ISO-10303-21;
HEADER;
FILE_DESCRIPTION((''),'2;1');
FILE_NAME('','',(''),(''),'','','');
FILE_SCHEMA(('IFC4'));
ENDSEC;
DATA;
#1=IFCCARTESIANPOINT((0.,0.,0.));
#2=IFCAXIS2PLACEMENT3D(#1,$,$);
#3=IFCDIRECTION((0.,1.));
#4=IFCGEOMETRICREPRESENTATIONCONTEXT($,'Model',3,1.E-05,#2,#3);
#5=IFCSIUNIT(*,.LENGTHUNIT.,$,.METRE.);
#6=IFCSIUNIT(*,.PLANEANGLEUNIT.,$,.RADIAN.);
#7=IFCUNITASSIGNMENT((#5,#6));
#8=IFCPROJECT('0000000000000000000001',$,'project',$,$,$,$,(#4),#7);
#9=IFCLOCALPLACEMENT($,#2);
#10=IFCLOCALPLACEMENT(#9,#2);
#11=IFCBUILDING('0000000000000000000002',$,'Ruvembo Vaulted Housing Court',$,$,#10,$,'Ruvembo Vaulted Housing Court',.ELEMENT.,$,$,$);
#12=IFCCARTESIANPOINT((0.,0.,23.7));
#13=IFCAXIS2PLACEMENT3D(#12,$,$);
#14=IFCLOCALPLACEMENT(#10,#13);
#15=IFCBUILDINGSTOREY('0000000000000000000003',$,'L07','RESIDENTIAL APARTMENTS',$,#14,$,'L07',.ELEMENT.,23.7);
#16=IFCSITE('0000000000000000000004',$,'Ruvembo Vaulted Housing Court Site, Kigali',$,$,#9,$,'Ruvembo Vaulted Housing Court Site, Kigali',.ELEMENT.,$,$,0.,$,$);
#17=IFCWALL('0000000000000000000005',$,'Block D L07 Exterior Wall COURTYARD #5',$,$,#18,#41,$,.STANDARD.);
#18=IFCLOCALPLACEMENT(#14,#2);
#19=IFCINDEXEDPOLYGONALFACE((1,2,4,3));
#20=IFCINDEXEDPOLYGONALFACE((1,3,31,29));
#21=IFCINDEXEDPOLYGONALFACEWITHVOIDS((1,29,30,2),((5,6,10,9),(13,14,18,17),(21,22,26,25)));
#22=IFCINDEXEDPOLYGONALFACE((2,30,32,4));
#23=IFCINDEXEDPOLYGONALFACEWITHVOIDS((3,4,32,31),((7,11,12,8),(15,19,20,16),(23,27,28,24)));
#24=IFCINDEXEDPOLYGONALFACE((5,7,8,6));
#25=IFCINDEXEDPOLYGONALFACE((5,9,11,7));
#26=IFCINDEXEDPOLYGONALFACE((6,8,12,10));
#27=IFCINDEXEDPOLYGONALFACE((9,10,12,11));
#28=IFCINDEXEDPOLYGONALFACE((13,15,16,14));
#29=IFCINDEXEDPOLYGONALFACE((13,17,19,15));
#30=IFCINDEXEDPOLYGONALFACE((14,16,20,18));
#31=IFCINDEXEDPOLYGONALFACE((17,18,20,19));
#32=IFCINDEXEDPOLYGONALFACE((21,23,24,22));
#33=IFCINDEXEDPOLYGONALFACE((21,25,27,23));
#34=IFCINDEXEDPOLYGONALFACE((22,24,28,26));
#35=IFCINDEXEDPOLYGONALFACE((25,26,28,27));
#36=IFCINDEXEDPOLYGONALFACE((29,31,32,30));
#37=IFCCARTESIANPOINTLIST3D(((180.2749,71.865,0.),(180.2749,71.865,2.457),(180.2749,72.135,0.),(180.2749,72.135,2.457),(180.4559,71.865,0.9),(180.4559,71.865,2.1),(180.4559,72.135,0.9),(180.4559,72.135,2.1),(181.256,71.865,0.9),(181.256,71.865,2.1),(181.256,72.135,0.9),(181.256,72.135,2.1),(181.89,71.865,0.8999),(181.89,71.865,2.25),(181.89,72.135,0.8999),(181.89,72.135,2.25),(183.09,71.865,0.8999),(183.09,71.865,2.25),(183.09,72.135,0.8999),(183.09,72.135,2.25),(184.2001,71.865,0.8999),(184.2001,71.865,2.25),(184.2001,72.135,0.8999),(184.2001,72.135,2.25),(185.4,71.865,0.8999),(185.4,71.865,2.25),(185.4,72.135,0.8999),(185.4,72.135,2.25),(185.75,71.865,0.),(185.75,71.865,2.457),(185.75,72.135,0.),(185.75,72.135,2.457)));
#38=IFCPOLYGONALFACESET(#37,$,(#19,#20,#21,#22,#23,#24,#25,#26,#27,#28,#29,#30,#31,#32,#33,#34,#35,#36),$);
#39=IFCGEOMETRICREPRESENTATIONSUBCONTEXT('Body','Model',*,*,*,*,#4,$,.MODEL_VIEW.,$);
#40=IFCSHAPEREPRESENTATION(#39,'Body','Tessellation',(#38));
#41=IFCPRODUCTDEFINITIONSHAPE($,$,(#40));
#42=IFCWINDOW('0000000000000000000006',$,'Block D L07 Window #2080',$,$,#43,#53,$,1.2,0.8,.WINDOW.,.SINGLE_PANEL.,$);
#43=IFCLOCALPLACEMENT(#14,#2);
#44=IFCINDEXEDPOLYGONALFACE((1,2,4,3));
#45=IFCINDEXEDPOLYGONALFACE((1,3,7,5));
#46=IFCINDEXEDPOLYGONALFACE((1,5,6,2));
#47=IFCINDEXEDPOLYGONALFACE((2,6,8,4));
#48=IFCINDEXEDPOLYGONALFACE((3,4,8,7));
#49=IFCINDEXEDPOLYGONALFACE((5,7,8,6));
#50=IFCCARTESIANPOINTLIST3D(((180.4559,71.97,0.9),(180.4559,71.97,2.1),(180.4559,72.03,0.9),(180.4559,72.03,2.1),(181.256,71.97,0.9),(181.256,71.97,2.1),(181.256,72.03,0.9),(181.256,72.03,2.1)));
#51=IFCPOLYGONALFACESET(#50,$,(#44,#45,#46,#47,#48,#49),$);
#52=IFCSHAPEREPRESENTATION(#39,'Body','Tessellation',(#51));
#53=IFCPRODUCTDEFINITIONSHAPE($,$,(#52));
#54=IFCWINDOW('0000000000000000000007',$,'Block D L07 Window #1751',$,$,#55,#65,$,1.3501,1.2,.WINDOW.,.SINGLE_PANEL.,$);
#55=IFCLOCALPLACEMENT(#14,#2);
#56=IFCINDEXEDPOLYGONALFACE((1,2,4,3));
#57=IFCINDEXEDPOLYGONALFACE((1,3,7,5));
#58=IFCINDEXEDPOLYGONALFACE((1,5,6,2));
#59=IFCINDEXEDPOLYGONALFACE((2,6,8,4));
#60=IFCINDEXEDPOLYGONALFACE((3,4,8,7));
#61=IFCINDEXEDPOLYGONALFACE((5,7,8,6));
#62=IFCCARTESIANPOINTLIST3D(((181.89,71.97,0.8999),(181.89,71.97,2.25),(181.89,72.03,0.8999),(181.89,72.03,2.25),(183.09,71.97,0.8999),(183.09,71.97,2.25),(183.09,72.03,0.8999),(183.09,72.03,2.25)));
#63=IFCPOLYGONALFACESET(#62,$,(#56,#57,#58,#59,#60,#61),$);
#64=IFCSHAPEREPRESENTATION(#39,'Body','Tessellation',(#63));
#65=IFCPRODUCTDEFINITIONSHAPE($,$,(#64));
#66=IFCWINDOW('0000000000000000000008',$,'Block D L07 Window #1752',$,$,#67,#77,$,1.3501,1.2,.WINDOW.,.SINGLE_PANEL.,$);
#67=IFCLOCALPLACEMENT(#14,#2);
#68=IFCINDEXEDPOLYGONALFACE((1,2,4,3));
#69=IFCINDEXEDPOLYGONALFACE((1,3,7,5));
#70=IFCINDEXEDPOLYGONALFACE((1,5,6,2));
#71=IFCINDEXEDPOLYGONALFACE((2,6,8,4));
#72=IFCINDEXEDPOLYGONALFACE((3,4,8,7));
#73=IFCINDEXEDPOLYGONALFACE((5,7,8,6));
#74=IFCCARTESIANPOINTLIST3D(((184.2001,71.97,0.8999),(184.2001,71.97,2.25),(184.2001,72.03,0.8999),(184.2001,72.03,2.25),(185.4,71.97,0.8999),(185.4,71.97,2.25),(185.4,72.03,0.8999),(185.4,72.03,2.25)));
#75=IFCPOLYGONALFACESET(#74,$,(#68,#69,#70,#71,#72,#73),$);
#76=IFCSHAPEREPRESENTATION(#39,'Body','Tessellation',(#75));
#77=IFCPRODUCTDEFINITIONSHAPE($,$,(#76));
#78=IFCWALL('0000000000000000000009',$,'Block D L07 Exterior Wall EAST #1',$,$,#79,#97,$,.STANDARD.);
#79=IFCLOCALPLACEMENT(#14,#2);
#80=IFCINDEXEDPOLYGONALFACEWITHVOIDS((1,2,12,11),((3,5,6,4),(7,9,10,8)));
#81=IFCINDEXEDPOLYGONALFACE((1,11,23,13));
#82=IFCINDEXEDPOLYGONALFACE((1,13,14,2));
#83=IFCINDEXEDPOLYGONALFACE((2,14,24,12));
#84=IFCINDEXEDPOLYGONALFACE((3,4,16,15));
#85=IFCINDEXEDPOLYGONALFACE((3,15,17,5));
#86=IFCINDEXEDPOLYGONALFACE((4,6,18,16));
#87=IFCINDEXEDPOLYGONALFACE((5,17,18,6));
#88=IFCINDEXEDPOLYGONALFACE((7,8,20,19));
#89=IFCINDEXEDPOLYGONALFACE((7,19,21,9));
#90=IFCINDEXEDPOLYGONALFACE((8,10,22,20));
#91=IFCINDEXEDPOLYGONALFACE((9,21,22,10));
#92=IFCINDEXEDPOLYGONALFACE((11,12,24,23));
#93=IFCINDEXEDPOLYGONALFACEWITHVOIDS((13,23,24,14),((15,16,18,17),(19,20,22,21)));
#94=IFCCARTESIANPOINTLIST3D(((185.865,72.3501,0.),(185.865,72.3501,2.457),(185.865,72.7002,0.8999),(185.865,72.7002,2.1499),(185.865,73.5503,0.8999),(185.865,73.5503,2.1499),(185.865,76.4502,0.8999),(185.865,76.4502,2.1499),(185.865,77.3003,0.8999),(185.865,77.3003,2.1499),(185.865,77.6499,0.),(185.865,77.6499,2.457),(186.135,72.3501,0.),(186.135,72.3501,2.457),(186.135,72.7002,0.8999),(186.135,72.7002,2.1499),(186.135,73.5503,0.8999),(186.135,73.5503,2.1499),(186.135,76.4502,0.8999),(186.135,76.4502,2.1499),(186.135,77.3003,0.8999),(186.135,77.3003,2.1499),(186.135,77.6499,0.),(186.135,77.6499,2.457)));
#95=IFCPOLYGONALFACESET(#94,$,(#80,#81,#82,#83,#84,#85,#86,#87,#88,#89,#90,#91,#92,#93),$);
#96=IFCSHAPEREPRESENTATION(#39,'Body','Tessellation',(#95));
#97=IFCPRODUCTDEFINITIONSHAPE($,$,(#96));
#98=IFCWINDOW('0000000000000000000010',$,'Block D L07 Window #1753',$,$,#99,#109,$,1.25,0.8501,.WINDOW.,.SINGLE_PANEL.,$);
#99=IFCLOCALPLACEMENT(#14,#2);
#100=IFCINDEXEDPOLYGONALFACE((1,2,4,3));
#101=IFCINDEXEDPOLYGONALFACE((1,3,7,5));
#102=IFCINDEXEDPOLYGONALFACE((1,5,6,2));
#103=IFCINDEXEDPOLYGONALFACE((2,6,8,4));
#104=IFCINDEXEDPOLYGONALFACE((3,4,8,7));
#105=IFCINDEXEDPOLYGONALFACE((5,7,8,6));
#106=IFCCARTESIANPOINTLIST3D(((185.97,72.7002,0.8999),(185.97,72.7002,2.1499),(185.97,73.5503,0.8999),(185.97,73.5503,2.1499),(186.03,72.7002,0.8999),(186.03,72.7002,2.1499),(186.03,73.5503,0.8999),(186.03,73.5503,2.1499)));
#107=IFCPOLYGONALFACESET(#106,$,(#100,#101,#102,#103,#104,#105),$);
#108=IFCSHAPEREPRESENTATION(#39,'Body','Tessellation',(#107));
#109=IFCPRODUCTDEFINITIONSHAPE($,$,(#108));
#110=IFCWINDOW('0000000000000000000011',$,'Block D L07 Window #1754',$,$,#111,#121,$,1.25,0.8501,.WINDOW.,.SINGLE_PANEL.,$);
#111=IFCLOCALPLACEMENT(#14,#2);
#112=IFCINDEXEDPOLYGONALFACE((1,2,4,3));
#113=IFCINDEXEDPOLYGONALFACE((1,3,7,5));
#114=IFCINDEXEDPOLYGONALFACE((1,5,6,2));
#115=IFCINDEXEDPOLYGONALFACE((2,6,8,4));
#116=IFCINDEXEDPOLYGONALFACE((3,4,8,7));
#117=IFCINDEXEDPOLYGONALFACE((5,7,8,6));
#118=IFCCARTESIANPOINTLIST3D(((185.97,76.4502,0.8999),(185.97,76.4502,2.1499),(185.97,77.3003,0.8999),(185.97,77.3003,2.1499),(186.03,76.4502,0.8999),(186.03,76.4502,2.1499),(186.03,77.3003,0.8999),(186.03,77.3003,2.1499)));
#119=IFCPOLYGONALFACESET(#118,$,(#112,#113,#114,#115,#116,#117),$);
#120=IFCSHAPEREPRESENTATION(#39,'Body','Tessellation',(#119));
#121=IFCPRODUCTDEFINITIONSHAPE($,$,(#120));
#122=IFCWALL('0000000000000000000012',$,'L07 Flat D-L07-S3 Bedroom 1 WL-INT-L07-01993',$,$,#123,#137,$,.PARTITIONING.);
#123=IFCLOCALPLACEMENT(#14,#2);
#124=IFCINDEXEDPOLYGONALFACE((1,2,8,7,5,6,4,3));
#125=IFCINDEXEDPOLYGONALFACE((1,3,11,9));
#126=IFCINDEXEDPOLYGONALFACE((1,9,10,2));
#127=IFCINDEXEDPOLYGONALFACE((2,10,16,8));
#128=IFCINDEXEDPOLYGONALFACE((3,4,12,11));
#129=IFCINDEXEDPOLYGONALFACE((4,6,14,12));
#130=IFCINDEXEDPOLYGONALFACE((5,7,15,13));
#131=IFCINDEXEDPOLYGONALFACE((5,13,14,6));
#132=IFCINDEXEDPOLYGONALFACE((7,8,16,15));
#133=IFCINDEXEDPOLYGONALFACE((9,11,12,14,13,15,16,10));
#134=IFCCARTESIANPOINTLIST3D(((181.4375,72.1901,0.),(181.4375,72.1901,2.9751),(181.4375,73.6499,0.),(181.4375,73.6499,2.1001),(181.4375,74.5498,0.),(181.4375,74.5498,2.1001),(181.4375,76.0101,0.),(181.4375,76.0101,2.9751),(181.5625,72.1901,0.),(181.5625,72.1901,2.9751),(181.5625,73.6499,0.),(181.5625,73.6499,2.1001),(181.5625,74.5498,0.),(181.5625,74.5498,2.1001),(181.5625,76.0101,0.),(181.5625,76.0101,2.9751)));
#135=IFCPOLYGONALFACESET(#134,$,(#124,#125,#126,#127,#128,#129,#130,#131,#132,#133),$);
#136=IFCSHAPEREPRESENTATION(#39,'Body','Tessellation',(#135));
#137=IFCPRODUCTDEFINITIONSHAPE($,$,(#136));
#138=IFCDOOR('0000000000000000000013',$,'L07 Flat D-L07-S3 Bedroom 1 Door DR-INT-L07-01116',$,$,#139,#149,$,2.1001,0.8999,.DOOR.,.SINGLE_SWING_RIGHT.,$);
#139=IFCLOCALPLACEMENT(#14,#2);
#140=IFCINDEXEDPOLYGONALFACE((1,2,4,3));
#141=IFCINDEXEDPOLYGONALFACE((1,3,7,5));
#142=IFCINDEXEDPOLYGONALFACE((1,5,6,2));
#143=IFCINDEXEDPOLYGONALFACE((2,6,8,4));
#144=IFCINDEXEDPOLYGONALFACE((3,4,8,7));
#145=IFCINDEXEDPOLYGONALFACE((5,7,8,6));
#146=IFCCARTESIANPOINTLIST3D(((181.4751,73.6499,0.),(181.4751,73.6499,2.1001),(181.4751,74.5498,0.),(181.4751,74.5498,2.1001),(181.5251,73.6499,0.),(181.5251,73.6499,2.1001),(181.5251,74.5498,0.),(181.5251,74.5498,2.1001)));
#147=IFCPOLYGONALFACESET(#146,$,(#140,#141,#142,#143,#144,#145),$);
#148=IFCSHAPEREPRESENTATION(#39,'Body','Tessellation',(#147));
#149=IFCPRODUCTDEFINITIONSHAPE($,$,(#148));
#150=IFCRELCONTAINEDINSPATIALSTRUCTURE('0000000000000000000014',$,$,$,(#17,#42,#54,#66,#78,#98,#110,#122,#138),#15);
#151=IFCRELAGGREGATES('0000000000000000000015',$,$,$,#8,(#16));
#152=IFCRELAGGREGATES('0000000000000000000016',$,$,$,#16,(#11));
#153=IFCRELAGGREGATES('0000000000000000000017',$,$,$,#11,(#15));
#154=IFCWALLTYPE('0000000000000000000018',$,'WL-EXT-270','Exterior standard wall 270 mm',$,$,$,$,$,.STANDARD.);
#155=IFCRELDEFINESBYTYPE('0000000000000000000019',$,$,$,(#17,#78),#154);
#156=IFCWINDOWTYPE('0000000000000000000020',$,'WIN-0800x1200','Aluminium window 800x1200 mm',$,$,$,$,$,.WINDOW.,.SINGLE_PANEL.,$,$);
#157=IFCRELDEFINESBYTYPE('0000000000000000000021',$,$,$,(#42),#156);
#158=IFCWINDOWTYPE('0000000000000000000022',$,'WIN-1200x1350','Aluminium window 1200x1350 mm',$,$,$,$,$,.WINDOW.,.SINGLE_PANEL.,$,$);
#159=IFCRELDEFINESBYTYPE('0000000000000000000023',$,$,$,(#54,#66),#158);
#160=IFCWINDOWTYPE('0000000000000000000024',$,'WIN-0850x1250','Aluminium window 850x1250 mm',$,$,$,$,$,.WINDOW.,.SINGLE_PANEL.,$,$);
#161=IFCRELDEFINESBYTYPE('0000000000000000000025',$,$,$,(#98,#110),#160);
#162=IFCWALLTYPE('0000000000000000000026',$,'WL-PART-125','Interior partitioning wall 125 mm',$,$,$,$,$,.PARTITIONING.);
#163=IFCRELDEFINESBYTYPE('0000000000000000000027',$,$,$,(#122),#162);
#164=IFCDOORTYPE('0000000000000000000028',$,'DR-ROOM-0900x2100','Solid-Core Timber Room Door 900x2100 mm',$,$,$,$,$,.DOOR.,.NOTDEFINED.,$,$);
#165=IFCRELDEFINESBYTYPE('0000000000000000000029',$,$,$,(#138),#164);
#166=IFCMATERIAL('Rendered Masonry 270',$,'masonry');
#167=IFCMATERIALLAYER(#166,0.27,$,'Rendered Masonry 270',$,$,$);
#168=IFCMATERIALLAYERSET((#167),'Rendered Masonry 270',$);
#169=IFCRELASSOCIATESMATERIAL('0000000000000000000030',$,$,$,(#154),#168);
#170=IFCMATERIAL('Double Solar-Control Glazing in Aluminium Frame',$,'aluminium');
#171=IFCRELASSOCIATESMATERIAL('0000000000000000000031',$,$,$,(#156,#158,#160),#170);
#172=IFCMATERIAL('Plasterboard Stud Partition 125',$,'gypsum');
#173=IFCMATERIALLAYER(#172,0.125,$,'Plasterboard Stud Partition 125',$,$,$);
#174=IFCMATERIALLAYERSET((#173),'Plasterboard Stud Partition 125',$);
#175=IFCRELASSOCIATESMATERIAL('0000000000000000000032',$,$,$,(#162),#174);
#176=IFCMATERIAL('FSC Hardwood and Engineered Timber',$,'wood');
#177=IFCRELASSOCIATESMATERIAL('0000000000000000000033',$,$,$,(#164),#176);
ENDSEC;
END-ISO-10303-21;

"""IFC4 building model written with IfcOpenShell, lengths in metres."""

from ifc_helpers import new_model, si_unit, direction, frame, frame_2d, origin, place, context, subcontext, project, spatial, rectangle, extrude, material, layer, layer_set, type_object, element, fill, save


model = new_model("IFC4")

# Units and contexts
model_context = context("Model", 3, precision=1e-05, world=origin(), true_north=direction((0.0, 1.0)))
body_context = subcontext(model_context, "Body", "Model", "MODEL_VIEW")
ifc_project = project(units=[si_unit("LENGTHUNIT", "METRE"), si_unit("PLANEANGLEUNIT", "RADIAN")], contexts=[model_context])

# Site, building, storey
site_placement = place(None, origin())
site = spatial("IfcSite", under=ifc_project, at=site_placement, Name="Ruvembo Vaulted Housing Court Site, Kigali", LongName="Ruvembo Vaulted Housing Court Site, Kigali", CompositionType="ELEMENT", RefElevation=0.0)
building_placement = place(site_placement, origin())
building = spatial("IfcBuilding", under=site, at=building_placement, Name="Ruvembo Vaulted Housing Court", LongName="Ruvembo Vaulted Housing Court", CompositionType="ELEMENT")
storey_placement = place(building_placement, frame((0.0, 0.0, 23.7)))
storey = spatial("IfcBuildingStorey", under=building, at=storey_placement, Name="L07", Description="RESIDENTIAL APARTMENTS", LongName="L07", CompositionType="ELEMENT", Elevation=23.7)

# Walls, openings, windows
ifc_material_1 = material(Name="Rendered Masonry 270", Category="masonry")
ifc_layer_1 = layer(ifc_material_1, 0.27, Name="Rendered Masonry 270")
ifc_layer_set_1 = layer_set([ifc_layer_1], Name="Rendered Masonry 270")
wall_type_1 = type_object("IfcWallType", Name="WL-EXT-270", Description="Exterior standard wall 270 mm", PredefinedType="STANDARD", material=ifc_layer_set_1)
wall_1_placement = place(storey_placement, frame((180.2749, 72.0, 0.0), z_axis=(0.0, 0.0, 1.0), x_axis=(1.0, 0.0, 0.0)))
wall_1 = element("IfcWall", 1, at=wall_1_placement, inside=storey, type_object=wall_type_1, Name="Block D L07 Exterior Wall COURTYARD #5", PredefinedType="STANDARD", context=body_context, shape_type="SweptSolid", body=[
    extrude(rectangle(XDim=5.4751, YDim=0.27, at=frame_2d((2.7375, 0.0))), origin(), (0.0, 0.0, 1.0), 2.457),
])
opening_1_placement = place(wall_1_placement, frame((1.615, 0.0, 0.8999)))
opening_1 = element("IfcOpeningElement", 2, at=opening_1_placement, cuts=wall_1, PredefinedType="OPENING", context=body_context, shape_type="SweptSolid", body=[
    extrude(rectangle(XDim=1.2, YDim=1.3501, at=frame_2d((0.6001, 0.675))), frame((0.0, 0.145, 0.0), z_axis=(0.0, -1.0, 0.0), x_axis=(1.0, 0.0, 0.0)), (0.0, 0.0, 1.0), 0.29),
])
opening_2_placement = place(wall_1_placement, frame((3.925, 0.0, 0.8999)))
opening_2 = element("IfcOpeningElement", 3, at=opening_2_placement, cuts=wall_1, PredefinedType="OPENING", context=body_context, shape_type="SweptSolid", body=[
    extrude(rectangle(XDim=1.2, YDim=1.3501, at=frame_2d((0.6001, 0.675))), frame((0.0, 0.145, 0.0), z_axis=(0.0, -1.0, 0.0), x_axis=(1.0, 0.0, 0.0)), (0.0, 0.0, 1.0), 0.29),
])
opening_3_placement = place(wall_1_placement, frame((0.1812, 0.0, 0.8999)))
opening_3 = element("IfcOpeningElement", 4, at=opening_3_placement, cuts=wall_1, PredefinedType="OPENING", context=body_context, shape_type="SweptSolid", body=[
    extrude(rectangle(XDim=0.8, YDim=1.2, at=frame_2d((0.3999, 0.6001))), frame((0.0, 0.145, 0.0), z_axis=(0.0, -1.0, 0.0), x_axis=(1.0, 0.0, 0.0)), (0.0, 0.0, 1.0), 0.29),
])
ifc_material_2 = material(Name="Double Solar-Control Glazing in Aluminium Frame", Category="aluminium")
window_type_1 = type_object("IfcWindowType", Name="WIN-0800x1200", Description="Aluminium window 800x1200 mm", PartitioningType="SINGLE_PANEL", PredefinedType="WINDOW", material=ifc_material_2)
window_1_placement = place(opening_3_placement, origin())
window_1 = element("IfcWindow", 5, at=window_1_placement, inside=storey, type_object=window_type_1, Name="Block D L07 Window #2080", OverallHeight=1.2, OverallWidth=0.8, PartitioningType="SINGLE_PANEL", PredefinedType="WINDOW", context=body_context, shape_type="SweptSolid", body=[
    extrude(rectangle(XDim=0.8, YDim=1.2, at=frame_2d((0.3999, 0.6001))), frame((0.0, 0.03, 0.0), z_axis=(0.0, -1.0, 0.0), x_axis=(1.0, 0.0, 0.0)), (0.0, 0.0, 1.0), 0.0601),
])
fill(opening_3, window_1)
window_type_2 = type_object("IfcWindowType", Name="WIN-1200x1350", Description="Aluminium window 1200x1350 mm", PartitioningType="SINGLE_PANEL", PredefinedType="WINDOW", material=ifc_material_2)
window_2_placement = place(opening_1_placement, origin())
window_2 = element("IfcWindow", 6, at=window_2_placement, inside=storey, type_object=window_type_2, Name="Block D L07 Window #1751", OverallHeight=1.3501, OverallWidth=1.2, PartitioningType="SINGLE_PANEL", PredefinedType="WINDOW", context=body_context, shape_type="SweptSolid", body=[
    extrude(rectangle(XDim=1.2, YDim=1.3501, at=frame_2d((0.6001, 0.675))), frame((0.0, 0.03, 0.0), z_axis=(0.0, -1.0, 0.0), x_axis=(1.0, 0.0, 0.0)), (0.0, 0.0, 1.0), 0.0601),
])
fill(opening_1, window_2)
window_3_placement = place(opening_2_placement, origin())
window_3 = element("IfcWindow", 7, at=window_3_placement, inside=storey, type_object=window_type_2, Name="Block D L07 Window #1752", OverallHeight=1.3501, OverallWidth=1.2, PartitioningType="SINGLE_PANEL", PredefinedType="WINDOW", context=body_context, shape_type="SweptSolid", body=[
    extrude(rectangle(XDim=1.2, YDim=1.3501, at=frame_2d((0.6001, 0.675))), frame((0.0, 0.03, 0.0), z_axis=(0.0, -1.0, 0.0), x_axis=(1.0, 0.0, 0.0)), (0.0, 0.0, 1.0), 0.0601),
])
fill(opening_2, window_3)
wall_2_placement = place(storey_placement, frame((186.0, 72.3501, 0.0), z_axis=(0.0, 0.0, 1.0), x_axis=(0.0, 1.0, 0.0)))
wall_2 = element("IfcWall", 8, at=wall_2_placement, inside=storey, type_object=wall_type_1, Name="Block D L07 Exterior Wall EAST #1", PredefinedType="STANDARD", context=body_context, shape_type="SweptSolid", body=[
    extrude(rectangle(XDim=5.2998, YDim=0.27, at=frame_2d((2.6499, 0.0))), origin(), (0.0, 0.0, 1.0), 2.457),
])
opening_4_placement = place(wall_2_placement, frame((0.3501, 0.0, 0.8999)))
opening_4 = element("IfcOpeningElement", 9, at=opening_4_placement, cuts=wall_2, PredefinedType="OPENING", context=body_context, shape_type="SweptSolid", body=[
    extrude(rectangle(XDim=0.8501, YDim=1.25, at=frame_2d((0.425, 0.625))), frame((0.0, 0.145, 0.0), z_axis=(0.0, -1.0, 0.0), x_axis=(1.0, 0.0, 0.0)), (0.0, 0.0, 1.0), 0.29),
])
opening_5_placement = place(wall_2_placement, frame((4.1001, 0.0, 0.8999)))
opening_5 = element("IfcOpeningElement", 10, at=opening_5_placement, cuts=wall_2, PredefinedType="OPENING", context=body_context, shape_type="SweptSolid", body=[
    extrude(rectangle(XDim=0.8501, YDim=1.25, at=frame_2d((0.425, 0.625))), frame((0.0, 0.145, 0.0), z_axis=(0.0, -1.0, 0.0), x_axis=(1.0, 0.0, 0.0)), (0.0, 0.0, 1.0), 0.29),
])
window_type_3 = type_object("IfcWindowType", Name="WIN-0850x1250", Description="Aluminium window 850x1250 mm", PartitioningType="SINGLE_PANEL", PredefinedType="WINDOW", material=ifc_material_2)
window_4_placement = place(opening_4_placement, origin())
window_4 = element("IfcWindow", 11, at=window_4_placement, inside=storey, type_object=window_type_3, Name="Block D L07 Window #1753", OverallHeight=1.25, OverallWidth=0.8501, PartitioningType="SINGLE_PANEL", PredefinedType="WINDOW", context=body_context, shape_type="SweptSolid", body=[
    extrude(rectangle(XDim=0.8501, YDim=1.25, at=frame_2d((0.425, 0.625))), frame((0.0, 0.03, 0.0), z_axis=(0.0, -1.0, 0.0), x_axis=(1.0, 0.0, 0.0)), (0.0, 0.0, 1.0), 0.0601),
])
fill(opening_4, window_4)
window_5_placement = place(opening_5_placement, origin())
window_5 = element("IfcWindow", 12, at=window_5_placement, inside=storey, type_object=window_type_3, Name="Block D L07 Window #1754", OverallHeight=1.25, OverallWidth=0.8501, PartitioningType="SINGLE_PANEL", PredefinedType="WINDOW", context=body_context, shape_type="SweptSolid", body=[
    extrude(rectangle(XDim=0.8501, YDim=1.25, at=frame_2d((0.425, 0.625))), frame((0.0, 0.03, 0.0), z_axis=(0.0, -1.0, 0.0), x_axis=(1.0, 0.0, 0.0)), (0.0, 0.0, 1.0), 0.0601),
])
fill(opening_5, window_5)

# Wall, opening, door
ifc_material_3 = material(Name="Plasterboard Stud Partition 125", Category="gypsum")
ifc_layer_2 = layer(ifc_material_3, 0.125, Name="Plasterboard Stud Partition 125")
ifc_layer_set_2 = layer_set([ifc_layer_2], Name="Plasterboard Stud Partition 125")
wall_type_2 = type_object("IfcWallType", Name="WL-PART-125", Description="Interior partitioning wall 125 mm", PredefinedType="PARTITIONING", material=ifc_layer_set_2)
wall_3_placement = place(storey_placement, frame((181.5, 72.1899, 0.0), z_axis=(0.0, 0.0, 1.0), x_axis=(0.0, 1.0, 0.0)))
wall_3 = element("IfcWall", 13, at=wall_3_placement, inside=storey, type_object=wall_type_2, Name="L07 Flat D-L07-S3 Bedroom 1 WL-INT-L07-01993", PredefinedType="PARTITIONING", context=body_context, shape_type="SweptSolid", body=[
    extrude(rectangle(XDim=3.8201, YDim=0.125, at=frame_2d((1.9102, 0.0))), origin(), (0.0, 0.0, 1.0), 2.9751),
])
opening_6_placement = place(wall_3_placement, frame((1.46, 0.0, 0.0)))
opening_6 = element("IfcOpeningElement", 14, at=opening_6_placement, cuts=wall_3, PredefinedType="OPENING", context=body_context, shape_type="SweptSolid", body=[
    extrude(rectangle(XDim=0.8999, YDim=2.1001, at=frame_2d((0.45, 1.05))), frame((0.0, 0.0725, 0.0), z_axis=(0.0, -1.0, 0.0), x_axis=(1.0, 0.0, 0.0)), (0.0, 0.0, 1.0), 0.145),
])
ifc_material_4 = material(Name="FSC Hardwood and Engineered Timber", Category="wood")
door_type_1 = type_object("IfcDoorType", Name="DR-ROOM-0900x2100", Description="Solid-Core Timber Room Door 900x2100 mm", OperationType="NOTDEFINED", PredefinedType="DOOR", material=ifc_material_4)
door_1_placement = place(opening_6_placement, origin())
door_1 = element("IfcDoor", 15, at=door_1_placement, inside=storey, type_object=door_type_1, Name="L07 Flat D-L07-S3 Bedroom 1 Door DR-INT-L07-01116", OperationType="SINGLE_SWING_RIGHT", OverallHeight=2.1001, OverallWidth=0.8999, PredefinedType="DOOR", context=body_context, shape_type="SweptSolid", body=[
    extrude(rectangle(XDim=0.8999, YDim=2.1001, at=frame_2d((0.45, 1.05))), frame((0.0, 0.0249, 0.0), z_axis=(0.0, -1.0, 0.0), x_axis=(1.0, 0.0, 0.0)), (0.0, 0.0, 1.0), 0.05),
])
fill(opening_6, door_1)

save(model, "model.ifc")
